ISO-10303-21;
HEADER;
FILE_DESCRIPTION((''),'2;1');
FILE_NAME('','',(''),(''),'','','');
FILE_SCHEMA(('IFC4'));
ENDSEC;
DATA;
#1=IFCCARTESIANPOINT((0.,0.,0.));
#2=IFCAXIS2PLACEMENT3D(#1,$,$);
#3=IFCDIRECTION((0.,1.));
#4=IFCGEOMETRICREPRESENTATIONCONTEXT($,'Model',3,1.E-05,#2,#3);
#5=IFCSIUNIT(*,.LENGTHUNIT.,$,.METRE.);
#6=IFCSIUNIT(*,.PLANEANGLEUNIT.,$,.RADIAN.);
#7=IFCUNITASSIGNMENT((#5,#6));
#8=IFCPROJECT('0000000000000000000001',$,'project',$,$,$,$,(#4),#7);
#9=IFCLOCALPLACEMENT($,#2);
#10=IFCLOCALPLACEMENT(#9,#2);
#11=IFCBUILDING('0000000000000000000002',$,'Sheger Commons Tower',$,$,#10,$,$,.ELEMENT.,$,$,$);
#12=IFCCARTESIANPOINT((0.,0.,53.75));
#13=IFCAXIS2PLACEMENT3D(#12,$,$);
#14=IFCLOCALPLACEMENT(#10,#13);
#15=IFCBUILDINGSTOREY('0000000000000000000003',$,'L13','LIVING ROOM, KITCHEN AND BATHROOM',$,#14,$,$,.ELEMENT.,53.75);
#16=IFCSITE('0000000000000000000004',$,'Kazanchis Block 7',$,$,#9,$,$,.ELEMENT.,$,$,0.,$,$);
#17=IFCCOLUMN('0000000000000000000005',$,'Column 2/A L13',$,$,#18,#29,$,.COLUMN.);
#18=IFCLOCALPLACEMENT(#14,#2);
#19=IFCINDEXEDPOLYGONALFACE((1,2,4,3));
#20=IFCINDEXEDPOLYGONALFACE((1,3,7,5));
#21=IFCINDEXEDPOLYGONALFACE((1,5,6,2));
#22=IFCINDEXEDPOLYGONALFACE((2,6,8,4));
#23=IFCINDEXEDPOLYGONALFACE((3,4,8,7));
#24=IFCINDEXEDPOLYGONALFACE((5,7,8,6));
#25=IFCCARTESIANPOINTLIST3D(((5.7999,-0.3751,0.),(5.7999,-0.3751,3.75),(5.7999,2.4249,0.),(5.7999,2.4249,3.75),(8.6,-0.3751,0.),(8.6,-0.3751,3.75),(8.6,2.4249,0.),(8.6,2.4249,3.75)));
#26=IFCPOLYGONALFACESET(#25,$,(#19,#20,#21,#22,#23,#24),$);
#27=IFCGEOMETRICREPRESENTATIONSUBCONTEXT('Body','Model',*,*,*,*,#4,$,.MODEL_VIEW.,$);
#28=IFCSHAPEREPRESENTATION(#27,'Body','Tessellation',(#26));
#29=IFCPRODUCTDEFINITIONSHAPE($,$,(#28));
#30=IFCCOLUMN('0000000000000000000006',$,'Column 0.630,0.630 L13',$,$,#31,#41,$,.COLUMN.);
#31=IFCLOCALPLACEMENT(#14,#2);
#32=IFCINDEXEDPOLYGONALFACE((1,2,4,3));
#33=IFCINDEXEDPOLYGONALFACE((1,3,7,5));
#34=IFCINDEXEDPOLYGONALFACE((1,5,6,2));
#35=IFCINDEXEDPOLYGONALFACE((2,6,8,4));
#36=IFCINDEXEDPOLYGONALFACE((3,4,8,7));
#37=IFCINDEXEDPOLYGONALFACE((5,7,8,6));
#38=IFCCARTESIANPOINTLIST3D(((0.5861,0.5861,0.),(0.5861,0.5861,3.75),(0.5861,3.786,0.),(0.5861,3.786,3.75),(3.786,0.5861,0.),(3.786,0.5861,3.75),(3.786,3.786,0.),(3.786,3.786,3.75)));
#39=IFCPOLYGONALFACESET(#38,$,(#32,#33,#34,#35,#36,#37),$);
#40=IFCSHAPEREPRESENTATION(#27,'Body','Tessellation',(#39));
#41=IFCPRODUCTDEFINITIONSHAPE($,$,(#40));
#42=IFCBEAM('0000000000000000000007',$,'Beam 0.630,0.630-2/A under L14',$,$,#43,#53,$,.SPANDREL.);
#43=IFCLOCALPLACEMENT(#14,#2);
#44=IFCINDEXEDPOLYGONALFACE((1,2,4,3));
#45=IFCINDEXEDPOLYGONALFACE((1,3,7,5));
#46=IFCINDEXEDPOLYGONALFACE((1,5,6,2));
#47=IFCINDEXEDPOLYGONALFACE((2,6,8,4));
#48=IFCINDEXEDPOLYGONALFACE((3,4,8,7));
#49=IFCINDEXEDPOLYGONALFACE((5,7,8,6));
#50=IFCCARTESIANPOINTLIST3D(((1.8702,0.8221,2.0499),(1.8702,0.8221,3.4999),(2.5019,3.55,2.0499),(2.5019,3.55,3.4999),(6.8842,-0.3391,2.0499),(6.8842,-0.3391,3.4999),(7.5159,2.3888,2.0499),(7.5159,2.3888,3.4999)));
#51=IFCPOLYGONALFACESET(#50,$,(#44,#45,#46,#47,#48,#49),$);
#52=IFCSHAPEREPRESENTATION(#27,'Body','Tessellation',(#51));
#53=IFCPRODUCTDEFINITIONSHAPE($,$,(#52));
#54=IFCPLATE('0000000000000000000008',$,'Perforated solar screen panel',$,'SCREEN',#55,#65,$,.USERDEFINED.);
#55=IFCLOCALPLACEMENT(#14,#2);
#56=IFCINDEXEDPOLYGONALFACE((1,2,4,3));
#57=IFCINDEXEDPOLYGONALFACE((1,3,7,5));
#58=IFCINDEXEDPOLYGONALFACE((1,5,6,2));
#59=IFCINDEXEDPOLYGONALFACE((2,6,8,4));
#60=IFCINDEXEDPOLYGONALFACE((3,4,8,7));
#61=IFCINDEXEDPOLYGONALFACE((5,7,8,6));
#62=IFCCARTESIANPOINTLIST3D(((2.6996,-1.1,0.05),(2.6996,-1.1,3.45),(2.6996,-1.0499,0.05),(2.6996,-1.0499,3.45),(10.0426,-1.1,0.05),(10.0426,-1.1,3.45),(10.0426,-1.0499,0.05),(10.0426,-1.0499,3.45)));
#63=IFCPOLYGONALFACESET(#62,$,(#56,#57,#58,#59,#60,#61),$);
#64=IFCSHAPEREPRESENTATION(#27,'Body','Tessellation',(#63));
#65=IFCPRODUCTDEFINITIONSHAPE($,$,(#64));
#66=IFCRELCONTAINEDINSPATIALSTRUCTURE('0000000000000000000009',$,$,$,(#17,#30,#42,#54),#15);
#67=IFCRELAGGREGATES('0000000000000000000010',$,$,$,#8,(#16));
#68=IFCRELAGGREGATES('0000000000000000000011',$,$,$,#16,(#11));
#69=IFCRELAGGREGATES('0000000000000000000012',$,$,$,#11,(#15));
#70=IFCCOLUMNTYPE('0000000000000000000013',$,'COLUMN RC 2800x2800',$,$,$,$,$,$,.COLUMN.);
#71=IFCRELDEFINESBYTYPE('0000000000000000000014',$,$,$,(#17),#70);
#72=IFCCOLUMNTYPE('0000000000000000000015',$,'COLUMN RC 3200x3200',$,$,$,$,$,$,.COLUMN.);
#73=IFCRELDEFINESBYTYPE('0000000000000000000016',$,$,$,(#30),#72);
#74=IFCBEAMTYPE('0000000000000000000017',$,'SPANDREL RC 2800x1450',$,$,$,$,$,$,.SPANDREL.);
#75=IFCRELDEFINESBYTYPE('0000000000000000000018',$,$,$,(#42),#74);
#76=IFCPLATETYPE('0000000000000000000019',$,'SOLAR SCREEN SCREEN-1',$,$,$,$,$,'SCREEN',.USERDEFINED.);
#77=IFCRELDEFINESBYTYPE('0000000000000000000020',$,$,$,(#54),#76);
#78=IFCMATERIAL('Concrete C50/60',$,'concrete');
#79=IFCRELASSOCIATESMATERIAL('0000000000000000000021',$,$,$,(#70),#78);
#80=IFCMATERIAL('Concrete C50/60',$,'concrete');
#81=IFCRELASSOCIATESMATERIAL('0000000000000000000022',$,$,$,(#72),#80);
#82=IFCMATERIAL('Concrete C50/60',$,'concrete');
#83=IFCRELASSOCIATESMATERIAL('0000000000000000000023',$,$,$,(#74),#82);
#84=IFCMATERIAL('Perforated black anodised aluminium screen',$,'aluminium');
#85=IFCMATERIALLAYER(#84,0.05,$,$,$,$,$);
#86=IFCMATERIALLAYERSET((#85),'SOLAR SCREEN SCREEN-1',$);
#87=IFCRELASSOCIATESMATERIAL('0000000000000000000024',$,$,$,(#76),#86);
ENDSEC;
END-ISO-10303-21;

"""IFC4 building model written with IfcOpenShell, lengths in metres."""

from ifc_helpers import new_model, si_unit, direction, frame, origin, origin_2d, place, context, subcontext, project, spatial, rectangle, extrude, material, layer, layer_set, material_profile, profile_set, type_object, element, save


model = new_model("IFC4")

# Units and contexts
model_context = context("Model", 3, precision=1e-05, world=origin(), true_north=direction((0.0, 1.0)))
body_context = subcontext(model_context, "Body", "Model", "MODEL_VIEW")
ifc_project = project(units=[si_unit("LENGTHUNIT", "METRE"), si_unit("PLANEANGLEUNIT", "RADIAN")], contexts=[model_context])

# Site, building, storey
site_placement = place(None, origin())
site = spatial("IfcSite", under=ifc_project, at=site_placement, Name="Kazanchis Block 7", CompositionType="ELEMENT", RefElevation=0.0)
building_placement = place(site_placement, origin())
building = spatial("IfcBuilding", under=site, at=building_placement, Name="Sheger Commons Tower", CompositionType="ELEMENT")
storey_placement = place(building_placement, frame((0.0, 0.0, 53.75)))
storey = spatial("IfcBuildingStorey", under=building, at=storey_placement, Name="L13", Description="LIVING ROOM, KITCHEN AND BATHROOM", CompositionType="ELEMENT", Elevation=53.75)

# Columns
ifc_material_1 = material(Name="Concrete C50/60", Category="concrete")
ifc_material_profile_1 = material_profile(ifc_material_1, rectangle(XDim=2.8, YDim=2.8, at=origin_2d()), Name="RC 2800x2800")
ifc_profile_set_1 = profile_set([ifc_material_profile_1], Name="Concrete C50/60")
column_type_1 = type_object("IfcColumnType", Name="COLUMN RC 2800x2800", PredefinedType="COLUMN", material=ifc_profile_set_1)
column_1_placement = place(storey_placement, frame((7.2, 1.0249, 0.0), z_axis=(0.0, 0.0, 1.0), x_axis=(1.0, 0.0, 0.0)))
element("IfcColumn", 1, at=column_1_placement, inside=storey, type_object=column_type_1, Name="Column 2/A L13", PredefinedType="COLUMN", context=body_context, shape_type="SweptSolid", body=[
    extrude(rectangle(XDim=2.8, YDim=2.8, at=origin_2d()), origin(), (0.0, 0.0, 1.0), 3.75),
])
ifc_material_2 = material(Name="Concrete C50/60", Category="concrete")
ifc_material_profile_2 = material_profile(ifc_material_2, rectangle(XDim=3.2, YDim=3.2, at=origin_2d()), Name="RC 3200x3200")
ifc_profile_set_2 = profile_set([ifc_material_profile_2], Name="Concrete C50/60")
column_type_2 = type_object("IfcColumnType", Name="COLUMN RC 3200x3200", PredefinedType="COLUMN", material=ifc_profile_set_2)
column_2_placement = place(storey_placement, frame((2.186, 2.186, 0.0), z_axis=(0.0, 0.0, 1.0), x_axis=(1.0, 0.0, 0.0)))
element("IfcColumn", 2, at=column_2_placement, inside=storey, type_object=column_type_2, Name="Column 0.630,0.630 L13", PredefinedType="COLUMN", context=body_context, shape_type="SweptSolid", body=[
    extrude(rectangle(XDim=3.2, YDim=3.2, at=origin_2d()), origin(), (0.0, 0.0, 1.0), 3.75),
])

# Beam
ifc_material_3 = material(Name="Concrete C50/60", Category="concrete")
ifc_material_profile_3 = material_profile(ifc_material_3, rectangle(XDim=2.8, YDim=1.45, at=origin_2d()), Name="RC 2800x1450")
ifc_profile_set_3 = profile_set([ifc_material_profile_3], Name="Concrete C50/60")
beam_type = type_object("IfcBeamType", Name="SPANDREL RC 2800x1450", PredefinedType="SPANDREL", material=ifc_profile_set_3)
beam_placement = place(storey_placement, frame((2.186, 2.186, 2.7749), z_axis=(0.974217, -0.225611, 0.0), x_axis=(0.225611, 0.974217, 0.0)))
element("IfcBeam", 3, at=beam_placement, inside=storey, type_object=beam_type, Name="Beam 0.630,0.630-2/A under L14", PredefinedType="SPANDREL", context=body_context, shape_type="SweptSolid", body=[
    extrude(rectangle(XDim=2.8, YDim=1.45, at=origin_2d()), origin(), (0.0, 0.0, 1.0), 5.1467),
])

# Plate
ifc_material_4 = material(Name="Perforated black anodised aluminium screen", Category="aluminium")
ifc_layer_1 = layer(ifc_material_4, 0.05)
ifc_layer_set_1 = layer_set([ifc_layer_1], Name="SOLAR SCREEN SCREEN-1")
plate_type = type_object("IfcPlateType", Name="SOLAR SCREEN SCREEN-1", ElementType="SCREEN", PredefinedType="USERDEFINED", material=ifc_layer_set_1)
plate_placement = place(storey_placement, frame((6.3711, -1.075, 0.05), z_axis=(0.0, 0.0, 1.0), x_axis=(1.0, 0.0, 0.0)))
element("IfcPlate", 4, at=plate_placement, inside=storey, type_object=plate_type, Name="Perforated solar screen panel", ObjectType="SCREEN", PredefinedType="USERDEFINED", context=body_context, shape_type="SweptSolid", body=[
    extrude(rectangle(XDim=7.343, YDim=0.05, at=origin_2d()), origin(), (0.0, 0.0, 1.0), 3.3999),
])

save(model, "model.ifc")
